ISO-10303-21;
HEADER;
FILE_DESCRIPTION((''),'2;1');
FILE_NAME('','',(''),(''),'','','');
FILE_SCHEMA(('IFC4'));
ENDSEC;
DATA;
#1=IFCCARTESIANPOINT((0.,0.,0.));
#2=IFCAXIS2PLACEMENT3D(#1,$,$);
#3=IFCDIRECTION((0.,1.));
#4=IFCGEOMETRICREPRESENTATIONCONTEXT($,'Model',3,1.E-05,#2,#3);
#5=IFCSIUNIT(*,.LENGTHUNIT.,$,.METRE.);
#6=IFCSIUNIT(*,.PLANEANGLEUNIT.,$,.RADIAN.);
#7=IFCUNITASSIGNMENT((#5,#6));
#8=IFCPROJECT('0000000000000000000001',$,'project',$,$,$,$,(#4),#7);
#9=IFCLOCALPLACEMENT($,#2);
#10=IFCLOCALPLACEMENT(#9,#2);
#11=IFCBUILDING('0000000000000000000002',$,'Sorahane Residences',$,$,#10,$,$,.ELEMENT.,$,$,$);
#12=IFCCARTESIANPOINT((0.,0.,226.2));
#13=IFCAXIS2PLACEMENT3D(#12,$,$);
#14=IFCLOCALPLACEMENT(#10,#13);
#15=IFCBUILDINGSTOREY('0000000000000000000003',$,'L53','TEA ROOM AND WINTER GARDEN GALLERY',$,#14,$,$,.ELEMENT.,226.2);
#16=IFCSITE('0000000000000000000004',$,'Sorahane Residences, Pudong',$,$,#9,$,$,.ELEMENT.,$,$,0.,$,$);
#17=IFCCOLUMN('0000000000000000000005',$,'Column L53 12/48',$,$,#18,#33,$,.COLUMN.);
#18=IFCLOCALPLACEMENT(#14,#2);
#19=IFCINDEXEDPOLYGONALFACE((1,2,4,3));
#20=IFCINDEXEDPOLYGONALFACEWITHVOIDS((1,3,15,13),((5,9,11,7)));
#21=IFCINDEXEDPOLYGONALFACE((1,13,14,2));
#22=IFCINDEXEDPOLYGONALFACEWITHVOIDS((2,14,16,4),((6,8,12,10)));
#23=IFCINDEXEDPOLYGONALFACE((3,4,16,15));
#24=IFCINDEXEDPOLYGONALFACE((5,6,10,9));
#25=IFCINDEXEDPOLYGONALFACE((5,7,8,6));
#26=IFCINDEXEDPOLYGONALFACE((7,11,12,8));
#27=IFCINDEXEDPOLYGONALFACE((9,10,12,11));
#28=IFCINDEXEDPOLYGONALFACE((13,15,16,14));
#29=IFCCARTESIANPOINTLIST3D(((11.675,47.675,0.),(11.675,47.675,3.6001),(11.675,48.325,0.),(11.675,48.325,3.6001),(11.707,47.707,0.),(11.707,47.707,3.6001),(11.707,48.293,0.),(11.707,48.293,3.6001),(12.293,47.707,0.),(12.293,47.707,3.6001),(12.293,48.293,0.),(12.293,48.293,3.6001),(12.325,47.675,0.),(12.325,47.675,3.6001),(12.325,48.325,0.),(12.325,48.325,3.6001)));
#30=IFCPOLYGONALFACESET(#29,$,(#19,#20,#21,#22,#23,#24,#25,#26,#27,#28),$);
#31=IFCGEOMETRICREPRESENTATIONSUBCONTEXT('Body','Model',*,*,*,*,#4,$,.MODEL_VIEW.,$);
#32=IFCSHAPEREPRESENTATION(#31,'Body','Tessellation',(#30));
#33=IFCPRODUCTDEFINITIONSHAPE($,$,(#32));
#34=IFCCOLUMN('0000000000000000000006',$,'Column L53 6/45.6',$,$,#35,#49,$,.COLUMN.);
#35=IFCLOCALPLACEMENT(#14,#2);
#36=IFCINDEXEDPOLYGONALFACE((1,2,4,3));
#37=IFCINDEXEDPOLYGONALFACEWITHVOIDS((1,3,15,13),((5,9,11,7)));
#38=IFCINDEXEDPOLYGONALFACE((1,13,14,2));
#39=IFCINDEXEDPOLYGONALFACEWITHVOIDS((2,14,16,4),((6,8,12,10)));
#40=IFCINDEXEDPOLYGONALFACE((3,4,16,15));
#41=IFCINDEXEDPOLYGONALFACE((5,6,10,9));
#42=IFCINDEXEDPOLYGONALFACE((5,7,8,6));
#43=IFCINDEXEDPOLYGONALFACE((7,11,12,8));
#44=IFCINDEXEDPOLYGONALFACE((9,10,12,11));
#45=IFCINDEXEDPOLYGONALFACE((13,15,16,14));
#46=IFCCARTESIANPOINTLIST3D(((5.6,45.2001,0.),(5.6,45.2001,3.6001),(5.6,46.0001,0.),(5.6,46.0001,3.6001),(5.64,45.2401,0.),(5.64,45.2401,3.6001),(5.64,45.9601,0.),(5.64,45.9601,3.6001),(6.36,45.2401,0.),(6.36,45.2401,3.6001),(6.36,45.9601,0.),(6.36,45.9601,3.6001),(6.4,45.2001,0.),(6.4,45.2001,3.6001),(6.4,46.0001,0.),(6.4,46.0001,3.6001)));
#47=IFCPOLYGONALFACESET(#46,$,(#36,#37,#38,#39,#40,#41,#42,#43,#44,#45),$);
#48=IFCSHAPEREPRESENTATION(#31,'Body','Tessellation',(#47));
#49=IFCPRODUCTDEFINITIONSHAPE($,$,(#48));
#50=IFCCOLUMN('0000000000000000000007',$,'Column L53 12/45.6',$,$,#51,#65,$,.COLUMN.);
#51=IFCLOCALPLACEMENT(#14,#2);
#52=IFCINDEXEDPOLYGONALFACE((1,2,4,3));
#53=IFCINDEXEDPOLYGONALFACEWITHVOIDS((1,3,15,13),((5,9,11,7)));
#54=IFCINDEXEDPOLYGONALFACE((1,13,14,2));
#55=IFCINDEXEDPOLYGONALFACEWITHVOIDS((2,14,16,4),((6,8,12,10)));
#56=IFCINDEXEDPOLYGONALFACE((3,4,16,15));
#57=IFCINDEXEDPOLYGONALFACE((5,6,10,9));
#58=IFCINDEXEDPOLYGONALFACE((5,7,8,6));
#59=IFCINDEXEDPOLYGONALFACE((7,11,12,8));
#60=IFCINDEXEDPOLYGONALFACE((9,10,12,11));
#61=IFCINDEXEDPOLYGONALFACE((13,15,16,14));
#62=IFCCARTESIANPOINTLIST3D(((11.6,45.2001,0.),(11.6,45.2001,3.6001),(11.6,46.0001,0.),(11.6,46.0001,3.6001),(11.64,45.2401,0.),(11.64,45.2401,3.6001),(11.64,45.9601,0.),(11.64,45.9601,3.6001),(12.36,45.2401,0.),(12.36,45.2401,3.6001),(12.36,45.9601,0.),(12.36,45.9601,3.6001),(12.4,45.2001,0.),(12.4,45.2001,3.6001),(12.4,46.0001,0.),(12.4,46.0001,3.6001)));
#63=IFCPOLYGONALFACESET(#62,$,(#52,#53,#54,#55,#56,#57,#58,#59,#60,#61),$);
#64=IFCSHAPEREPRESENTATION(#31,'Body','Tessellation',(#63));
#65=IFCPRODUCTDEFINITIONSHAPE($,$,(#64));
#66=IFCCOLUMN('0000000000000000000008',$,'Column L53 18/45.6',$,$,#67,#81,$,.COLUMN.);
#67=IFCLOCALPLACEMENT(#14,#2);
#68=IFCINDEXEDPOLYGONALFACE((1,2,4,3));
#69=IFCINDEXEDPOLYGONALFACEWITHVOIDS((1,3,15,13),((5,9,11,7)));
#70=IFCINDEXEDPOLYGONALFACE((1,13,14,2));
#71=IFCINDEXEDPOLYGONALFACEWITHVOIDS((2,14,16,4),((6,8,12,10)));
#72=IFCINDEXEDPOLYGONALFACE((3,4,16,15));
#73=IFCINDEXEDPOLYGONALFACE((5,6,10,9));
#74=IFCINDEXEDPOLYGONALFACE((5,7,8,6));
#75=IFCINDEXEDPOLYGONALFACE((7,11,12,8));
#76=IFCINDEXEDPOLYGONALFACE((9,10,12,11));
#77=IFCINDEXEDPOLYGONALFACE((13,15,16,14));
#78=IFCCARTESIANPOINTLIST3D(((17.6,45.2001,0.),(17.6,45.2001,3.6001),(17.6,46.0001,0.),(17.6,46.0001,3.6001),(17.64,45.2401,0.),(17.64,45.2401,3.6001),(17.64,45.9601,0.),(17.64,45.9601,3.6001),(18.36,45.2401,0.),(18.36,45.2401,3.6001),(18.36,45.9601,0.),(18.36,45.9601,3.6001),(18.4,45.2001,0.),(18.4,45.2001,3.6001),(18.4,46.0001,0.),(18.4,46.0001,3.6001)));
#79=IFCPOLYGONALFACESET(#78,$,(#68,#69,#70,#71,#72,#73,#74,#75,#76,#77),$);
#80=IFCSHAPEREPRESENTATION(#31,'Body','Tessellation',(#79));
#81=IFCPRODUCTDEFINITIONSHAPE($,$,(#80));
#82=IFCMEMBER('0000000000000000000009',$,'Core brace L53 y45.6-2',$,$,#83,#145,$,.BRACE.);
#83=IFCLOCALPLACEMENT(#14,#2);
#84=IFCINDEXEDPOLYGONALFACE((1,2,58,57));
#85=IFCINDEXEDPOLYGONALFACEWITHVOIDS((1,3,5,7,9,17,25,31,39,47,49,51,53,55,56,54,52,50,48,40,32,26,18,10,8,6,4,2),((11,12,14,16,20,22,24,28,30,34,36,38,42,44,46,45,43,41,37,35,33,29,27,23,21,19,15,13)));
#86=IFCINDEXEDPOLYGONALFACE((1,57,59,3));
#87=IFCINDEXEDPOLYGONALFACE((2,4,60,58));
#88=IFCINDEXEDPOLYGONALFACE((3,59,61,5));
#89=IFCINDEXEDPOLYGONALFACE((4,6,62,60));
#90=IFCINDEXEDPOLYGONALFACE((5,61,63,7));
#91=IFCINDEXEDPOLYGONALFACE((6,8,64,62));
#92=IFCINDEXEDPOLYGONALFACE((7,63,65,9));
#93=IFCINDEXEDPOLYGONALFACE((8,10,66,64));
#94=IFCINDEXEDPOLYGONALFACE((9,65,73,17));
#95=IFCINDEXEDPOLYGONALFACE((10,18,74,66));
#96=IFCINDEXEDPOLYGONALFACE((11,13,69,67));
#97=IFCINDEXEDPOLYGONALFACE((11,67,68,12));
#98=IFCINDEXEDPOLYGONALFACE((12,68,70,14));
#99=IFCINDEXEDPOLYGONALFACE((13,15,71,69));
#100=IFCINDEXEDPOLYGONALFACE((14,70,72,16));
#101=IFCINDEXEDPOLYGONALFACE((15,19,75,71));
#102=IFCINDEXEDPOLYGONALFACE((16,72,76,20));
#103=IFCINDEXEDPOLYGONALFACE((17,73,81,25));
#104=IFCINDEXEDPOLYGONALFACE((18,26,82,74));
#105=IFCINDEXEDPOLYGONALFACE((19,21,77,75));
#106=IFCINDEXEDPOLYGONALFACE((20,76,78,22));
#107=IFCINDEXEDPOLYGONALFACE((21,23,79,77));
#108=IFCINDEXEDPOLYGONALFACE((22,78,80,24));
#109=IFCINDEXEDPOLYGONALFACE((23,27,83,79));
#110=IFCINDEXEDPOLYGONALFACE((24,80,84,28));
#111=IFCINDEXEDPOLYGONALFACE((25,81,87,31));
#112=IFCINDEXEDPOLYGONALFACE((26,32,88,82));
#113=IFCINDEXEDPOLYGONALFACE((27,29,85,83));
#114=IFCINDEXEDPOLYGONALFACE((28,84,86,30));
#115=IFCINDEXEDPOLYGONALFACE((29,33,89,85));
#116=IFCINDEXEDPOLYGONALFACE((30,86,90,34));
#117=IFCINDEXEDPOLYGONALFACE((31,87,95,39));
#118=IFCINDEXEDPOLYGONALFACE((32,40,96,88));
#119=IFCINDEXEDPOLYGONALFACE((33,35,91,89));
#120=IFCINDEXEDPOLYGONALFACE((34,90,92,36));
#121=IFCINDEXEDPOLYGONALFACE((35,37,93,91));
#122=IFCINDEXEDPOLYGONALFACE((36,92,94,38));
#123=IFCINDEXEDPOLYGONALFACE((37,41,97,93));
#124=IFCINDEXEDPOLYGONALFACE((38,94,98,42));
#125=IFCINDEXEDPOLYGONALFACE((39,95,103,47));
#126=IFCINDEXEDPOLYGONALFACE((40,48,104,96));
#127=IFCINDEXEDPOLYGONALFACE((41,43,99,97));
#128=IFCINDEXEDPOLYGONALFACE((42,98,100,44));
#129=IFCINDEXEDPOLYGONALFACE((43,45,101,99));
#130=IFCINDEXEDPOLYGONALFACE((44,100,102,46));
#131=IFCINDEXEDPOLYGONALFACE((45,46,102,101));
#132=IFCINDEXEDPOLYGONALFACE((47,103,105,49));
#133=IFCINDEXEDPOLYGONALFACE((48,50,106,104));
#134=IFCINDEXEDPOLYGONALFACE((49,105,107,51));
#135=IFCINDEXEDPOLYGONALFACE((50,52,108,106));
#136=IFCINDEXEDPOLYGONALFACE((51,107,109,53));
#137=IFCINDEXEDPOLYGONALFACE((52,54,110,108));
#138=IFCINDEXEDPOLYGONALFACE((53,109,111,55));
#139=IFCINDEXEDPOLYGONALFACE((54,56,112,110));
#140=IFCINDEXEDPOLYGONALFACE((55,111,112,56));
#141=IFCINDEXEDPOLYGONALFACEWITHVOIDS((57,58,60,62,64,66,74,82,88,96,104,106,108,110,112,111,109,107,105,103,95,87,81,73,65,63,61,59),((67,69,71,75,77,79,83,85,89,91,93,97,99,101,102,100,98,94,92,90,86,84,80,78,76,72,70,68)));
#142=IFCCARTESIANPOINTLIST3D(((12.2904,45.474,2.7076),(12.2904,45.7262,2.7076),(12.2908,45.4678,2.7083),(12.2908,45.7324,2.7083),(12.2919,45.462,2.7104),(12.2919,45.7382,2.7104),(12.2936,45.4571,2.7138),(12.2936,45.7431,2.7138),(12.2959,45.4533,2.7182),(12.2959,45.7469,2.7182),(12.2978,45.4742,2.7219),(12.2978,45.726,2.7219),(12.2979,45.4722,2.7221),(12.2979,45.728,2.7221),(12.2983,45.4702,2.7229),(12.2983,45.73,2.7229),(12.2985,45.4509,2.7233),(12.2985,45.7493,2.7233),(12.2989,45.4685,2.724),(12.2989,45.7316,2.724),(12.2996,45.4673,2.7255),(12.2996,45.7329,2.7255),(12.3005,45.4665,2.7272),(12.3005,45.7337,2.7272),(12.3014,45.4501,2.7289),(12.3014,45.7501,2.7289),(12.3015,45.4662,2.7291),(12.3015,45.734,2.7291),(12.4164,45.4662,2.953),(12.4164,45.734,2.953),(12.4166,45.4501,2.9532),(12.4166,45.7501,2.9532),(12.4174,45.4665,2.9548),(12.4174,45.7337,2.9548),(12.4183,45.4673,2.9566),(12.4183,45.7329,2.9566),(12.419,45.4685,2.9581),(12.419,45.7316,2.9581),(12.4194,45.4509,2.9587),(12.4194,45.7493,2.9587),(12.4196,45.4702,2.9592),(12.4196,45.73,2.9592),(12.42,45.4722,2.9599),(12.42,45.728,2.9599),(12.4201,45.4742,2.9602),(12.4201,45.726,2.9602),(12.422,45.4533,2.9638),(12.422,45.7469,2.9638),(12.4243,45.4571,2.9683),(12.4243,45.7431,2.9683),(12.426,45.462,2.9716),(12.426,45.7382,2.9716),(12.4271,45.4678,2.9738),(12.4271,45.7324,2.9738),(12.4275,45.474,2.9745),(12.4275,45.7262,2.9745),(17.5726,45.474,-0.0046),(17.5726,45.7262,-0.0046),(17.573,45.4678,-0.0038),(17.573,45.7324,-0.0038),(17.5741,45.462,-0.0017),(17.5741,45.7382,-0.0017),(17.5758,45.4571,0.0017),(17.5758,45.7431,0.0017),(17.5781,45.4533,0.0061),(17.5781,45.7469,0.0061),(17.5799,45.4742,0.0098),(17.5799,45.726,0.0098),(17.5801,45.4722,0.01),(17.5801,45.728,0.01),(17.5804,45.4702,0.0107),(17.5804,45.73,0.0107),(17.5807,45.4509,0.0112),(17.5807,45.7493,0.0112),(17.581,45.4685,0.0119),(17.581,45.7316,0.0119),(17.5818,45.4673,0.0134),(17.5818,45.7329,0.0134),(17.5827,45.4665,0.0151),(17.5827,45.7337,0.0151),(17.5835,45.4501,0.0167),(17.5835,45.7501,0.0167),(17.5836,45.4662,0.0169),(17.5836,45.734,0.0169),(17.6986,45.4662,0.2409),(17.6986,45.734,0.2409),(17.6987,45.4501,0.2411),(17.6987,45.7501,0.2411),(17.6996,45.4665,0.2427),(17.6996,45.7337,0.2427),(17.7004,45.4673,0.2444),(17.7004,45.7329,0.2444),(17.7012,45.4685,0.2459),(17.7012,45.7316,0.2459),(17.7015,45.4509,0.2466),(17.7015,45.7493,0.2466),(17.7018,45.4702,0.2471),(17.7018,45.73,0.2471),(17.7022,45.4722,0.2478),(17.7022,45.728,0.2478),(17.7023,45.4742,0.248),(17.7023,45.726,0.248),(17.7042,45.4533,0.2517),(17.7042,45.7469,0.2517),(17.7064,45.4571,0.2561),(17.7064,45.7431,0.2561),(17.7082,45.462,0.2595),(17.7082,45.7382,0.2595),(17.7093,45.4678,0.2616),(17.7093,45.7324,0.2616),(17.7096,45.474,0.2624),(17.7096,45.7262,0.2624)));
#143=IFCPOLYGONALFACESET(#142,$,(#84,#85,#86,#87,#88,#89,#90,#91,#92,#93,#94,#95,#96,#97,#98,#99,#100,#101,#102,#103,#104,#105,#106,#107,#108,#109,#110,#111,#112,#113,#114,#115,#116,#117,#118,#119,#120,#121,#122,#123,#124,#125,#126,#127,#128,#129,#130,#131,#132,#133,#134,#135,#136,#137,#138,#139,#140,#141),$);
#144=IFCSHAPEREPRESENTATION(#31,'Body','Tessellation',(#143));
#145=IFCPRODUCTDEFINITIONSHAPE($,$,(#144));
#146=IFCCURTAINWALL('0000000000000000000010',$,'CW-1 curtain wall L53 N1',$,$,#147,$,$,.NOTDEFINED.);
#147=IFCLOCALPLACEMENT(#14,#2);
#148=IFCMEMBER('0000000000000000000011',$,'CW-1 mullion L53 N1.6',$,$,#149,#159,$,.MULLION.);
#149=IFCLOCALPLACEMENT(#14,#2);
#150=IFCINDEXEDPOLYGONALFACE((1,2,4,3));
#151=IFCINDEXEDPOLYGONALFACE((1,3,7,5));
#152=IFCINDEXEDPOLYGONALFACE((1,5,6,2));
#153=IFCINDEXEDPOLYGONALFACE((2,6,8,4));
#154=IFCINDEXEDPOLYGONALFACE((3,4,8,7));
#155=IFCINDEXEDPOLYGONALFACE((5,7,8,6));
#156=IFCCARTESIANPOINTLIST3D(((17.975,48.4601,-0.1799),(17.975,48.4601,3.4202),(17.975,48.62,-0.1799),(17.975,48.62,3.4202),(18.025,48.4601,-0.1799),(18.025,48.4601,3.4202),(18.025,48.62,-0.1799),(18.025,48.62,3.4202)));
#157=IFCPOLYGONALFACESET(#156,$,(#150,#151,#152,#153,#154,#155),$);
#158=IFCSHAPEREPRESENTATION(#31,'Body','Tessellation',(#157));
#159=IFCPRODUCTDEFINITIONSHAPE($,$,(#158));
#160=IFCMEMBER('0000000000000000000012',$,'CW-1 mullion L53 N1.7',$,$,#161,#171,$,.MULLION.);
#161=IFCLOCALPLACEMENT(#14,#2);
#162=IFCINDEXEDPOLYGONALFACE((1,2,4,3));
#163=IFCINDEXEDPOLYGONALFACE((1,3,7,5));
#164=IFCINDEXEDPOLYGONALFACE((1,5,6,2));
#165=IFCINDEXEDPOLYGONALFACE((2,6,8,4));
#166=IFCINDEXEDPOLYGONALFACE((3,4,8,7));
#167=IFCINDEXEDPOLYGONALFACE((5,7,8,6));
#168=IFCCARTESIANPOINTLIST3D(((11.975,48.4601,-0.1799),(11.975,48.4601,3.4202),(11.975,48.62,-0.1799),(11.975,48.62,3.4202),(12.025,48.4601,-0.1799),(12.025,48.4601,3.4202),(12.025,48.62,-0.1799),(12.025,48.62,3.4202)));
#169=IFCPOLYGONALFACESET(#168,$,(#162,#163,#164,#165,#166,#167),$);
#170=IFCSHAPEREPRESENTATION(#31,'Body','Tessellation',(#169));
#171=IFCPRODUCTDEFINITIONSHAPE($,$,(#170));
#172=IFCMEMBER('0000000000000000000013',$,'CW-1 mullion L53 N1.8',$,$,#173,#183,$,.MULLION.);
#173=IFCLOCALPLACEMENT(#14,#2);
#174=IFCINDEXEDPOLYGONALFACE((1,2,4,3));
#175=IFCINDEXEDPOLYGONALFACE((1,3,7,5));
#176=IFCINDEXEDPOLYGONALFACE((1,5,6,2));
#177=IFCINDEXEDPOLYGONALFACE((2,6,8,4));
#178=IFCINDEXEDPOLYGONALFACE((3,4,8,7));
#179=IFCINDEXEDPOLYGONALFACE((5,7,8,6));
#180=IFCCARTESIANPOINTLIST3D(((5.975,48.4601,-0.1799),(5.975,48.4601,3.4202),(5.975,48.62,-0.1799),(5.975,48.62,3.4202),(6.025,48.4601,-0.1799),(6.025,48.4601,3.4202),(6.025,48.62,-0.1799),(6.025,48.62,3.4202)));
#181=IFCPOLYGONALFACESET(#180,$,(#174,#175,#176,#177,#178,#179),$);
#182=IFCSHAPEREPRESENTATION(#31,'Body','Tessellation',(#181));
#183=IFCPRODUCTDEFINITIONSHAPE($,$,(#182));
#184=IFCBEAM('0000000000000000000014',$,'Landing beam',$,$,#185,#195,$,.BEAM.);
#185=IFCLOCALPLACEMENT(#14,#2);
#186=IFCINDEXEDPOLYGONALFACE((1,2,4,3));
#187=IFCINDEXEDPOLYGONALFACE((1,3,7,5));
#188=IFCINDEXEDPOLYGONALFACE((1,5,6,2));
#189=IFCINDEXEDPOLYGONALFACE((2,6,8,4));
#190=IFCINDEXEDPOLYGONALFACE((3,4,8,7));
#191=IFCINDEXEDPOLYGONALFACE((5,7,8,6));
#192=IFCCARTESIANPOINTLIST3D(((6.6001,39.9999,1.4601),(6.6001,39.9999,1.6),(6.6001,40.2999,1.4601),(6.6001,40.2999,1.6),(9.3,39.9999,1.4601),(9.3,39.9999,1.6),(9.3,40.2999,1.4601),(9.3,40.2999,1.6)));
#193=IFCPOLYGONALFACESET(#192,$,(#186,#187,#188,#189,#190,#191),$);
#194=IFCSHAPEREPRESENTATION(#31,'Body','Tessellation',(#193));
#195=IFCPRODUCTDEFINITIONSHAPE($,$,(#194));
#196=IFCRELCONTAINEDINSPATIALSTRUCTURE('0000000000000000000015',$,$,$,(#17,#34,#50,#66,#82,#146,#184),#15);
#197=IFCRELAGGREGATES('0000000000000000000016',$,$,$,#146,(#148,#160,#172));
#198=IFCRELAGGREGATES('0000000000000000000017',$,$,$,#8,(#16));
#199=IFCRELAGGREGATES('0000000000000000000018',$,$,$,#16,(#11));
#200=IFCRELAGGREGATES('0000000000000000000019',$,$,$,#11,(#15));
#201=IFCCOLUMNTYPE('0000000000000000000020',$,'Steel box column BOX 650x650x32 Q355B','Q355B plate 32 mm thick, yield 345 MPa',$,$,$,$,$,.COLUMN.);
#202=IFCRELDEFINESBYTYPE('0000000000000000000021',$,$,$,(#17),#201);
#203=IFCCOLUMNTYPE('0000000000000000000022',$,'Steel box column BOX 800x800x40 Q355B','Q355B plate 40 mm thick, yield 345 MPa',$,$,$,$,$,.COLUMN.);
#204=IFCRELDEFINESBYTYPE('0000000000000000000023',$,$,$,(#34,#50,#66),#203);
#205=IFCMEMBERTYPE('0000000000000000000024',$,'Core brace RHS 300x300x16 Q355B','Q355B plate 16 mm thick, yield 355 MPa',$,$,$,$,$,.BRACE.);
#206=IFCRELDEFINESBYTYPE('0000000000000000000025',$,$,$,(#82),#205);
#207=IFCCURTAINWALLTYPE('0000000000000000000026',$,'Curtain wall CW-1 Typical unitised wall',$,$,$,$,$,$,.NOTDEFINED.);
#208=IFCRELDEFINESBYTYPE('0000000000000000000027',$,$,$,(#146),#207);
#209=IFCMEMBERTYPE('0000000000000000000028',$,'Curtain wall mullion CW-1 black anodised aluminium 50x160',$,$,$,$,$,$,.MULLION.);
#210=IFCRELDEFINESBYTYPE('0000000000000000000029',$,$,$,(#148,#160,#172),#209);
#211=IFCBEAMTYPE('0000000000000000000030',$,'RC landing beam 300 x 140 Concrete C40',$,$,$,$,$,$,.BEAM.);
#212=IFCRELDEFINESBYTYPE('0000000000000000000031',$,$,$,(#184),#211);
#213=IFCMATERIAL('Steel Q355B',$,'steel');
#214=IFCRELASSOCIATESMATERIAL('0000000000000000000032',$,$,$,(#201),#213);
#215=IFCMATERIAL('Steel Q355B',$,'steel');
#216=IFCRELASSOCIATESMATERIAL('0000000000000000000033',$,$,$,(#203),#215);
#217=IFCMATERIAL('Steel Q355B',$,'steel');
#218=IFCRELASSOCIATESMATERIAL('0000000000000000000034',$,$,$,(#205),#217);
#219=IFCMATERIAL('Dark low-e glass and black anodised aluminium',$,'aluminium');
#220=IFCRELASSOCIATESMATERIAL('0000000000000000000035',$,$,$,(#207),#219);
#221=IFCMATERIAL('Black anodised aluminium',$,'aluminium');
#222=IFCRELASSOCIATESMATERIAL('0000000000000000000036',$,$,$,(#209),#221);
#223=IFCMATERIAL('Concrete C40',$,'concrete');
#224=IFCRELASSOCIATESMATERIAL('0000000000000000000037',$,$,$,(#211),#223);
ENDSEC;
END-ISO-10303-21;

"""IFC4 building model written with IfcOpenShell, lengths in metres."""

from ifc_helpers import new_model, si_unit, direction, frame, origin, origin_2d, place, context, subcontext, project, spatial, rectangle, hollow_rectangle, extrude, material, material_profile, profile_set, type_object, element, aggregate, save


model = new_model("IFC4")

# Units and contexts
model_context = context("Model", 3, precision=1e-05, world=origin(), true_north=direction((0.0, 1.0)))
body_context = subcontext(model_context, "Body", "Model", "MODEL_VIEW")
ifc_project = project(units=[si_unit("LENGTHUNIT", "METRE"), si_unit("PLANEANGLEUNIT", "RADIAN")], contexts=[model_context])

# Site, building, storey
site_placement = place(None, origin())
site = spatial("IfcSite", under=ifc_project, at=site_placement, Name="Sorahane Residences, Pudong", CompositionType="ELEMENT", RefElevation=0.0)
building_placement = place(site_placement, origin())
building = spatial("IfcBuilding", under=site, at=building_placement, Name="Sorahane Residences", CompositionType="ELEMENT")
storey_placement = place(building_placement, frame((0.0, 0.0, 226.2)))
storey = spatial("IfcBuildingStorey", under=building, at=storey_placement, Name="L53", Description="TEA ROOM AND WINTER GARDEN GALLERY", CompositionType="ELEMENT", Elevation=226.2)

# Columns
ifc_material_1 = material(Name="Steel Q355B", Category="steel")
ifc_material_profile_1 = material_profile(ifc_material_1, hollow_rectangle(XDim=0.6499, YDim=0.6499, WallThickness=0.032, at=origin_2d()), Name="BOX 650x650x32")
ifc_profile_set_1 = profile_set([ifc_material_profile_1], Name="Steel Q355B")
column_type_1 = type_object("IfcColumnType", Name="Steel box column BOX 650x650x32 Q355B", Description="Q355B plate 32 mm thick, yield 345 MPa", PredefinedType="COLUMN", material=ifc_profile_set_1)
column_placement = place(storey_placement, frame((12.0, 48.0, 0.0), z_axis=(0.0, 0.0, 1.0), x_axis=(1.0, 0.0, 0.0)))
element("IfcColumn", 1, at=column_placement, inside=storey, type_object=column_type_1, Name="Column L53 12/48", PredefinedType="COLUMN", context=body_context, shape_type="SweptSolid", body=[
    extrude(hollow_rectangle(XDim=0.6499, YDim=0.6499, WallThickness=0.032, at=origin_2d()), origin(), (0.0, 0.0, 1.0), 3.6001),
])
ifc_material_2 = material(Name="Steel Q355B", Category="steel")
ifc_material_profile_2 = material_profile(ifc_material_2, hollow_rectangle(XDim=0.8, YDim=0.8, WallThickness=0.04, at=origin_2d()), Name="BOX 800x800x40")
ifc_profile_set_2 = profile_set([ifc_material_profile_2], Name="Steel Q355B")
column_type_2 = type_object("IfcColumnType", Name="Steel box column BOX 800x800x40 Q355B", Description="Q355B plate 40 mm thick, yield 345 MPa", PredefinedType="COLUMN", material=ifc_profile_set_2)
for number, where, z_axis, x_axis, name in (
    (2, (6.0, 45.6001, 0.0), (0.0, 0.0, 1.0), (1.0, 0.0, 0.0), "Column L53 6/45.6"),
    (3, (12.0, 45.6001, 0.0), (0.0, 0.0, 1.0), (1.0, 0.0, 0.0), "Column L53 12/45.6"),
    (4, (18.0, 45.6001, 0.0), (0.0, 0.0, 1.0), (1.0, 0.0, 0.0), "Column L53 18/45.6"),
):
    element("IfcColumn", number, at=place(storey_placement, frame(where, z_axis=z_axis, x_axis=x_axis)), inside=storey, type_object=column_type_2, Name=name, PredefinedType="COLUMN", context=body_context, shape_type="SweptSolid", body=[
        extrude(hollow_rectangle(XDim=0.8, YDim=0.8, WallThickness=0.04, at=origin_2d()), origin(), (0.0, 0.0, 1.0), 3.6001),
    ])

# Member
ifc_material_3 = material(Name="Steel Q355B", Category="steel")
ifc_material_profile_3 = material_profile(ifc_material_3, hollow_rectangle(XDim=0.3, YDim=0.3, WallThickness=0.0161, InnerFilletRadius=0.0081, OuterFilletRadius=0.0239, at=origin_2d()), Name="RHS 300x300x16")
ifc_profile_set_3 = profile_set([ifc_material_profile_3], Name="Steel Q355B")
member_type_1 = type_object("IfcMemberType", Name="Core brace RHS 300x300x16 Q355B", Description="Q355B plate 16 mm thick, yield 355 MPa", PredefinedType="BRACE", material=ifc_profile_set_3)
member_1_placement = place(storey_placement, frame((17.6411, 45.6001, 0.1289), z_axis=(-0.88959, 0.0, 0.45676), x_axis=(0.0, -1.0, 0.0)))
element("IfcMember", 5, at=member_1_placement, inside=storey, type_object=member_type_1, Name="Core brace L53 y45.6-2", PredefinedType="BRACE", context=body_context, shape_type="SweptSolid", body=[
    extrude(hollow_rectangle(XDim=0.3, YDim=0.3, WallThickness=0.0161, InnerFilletRadius=0.0081, OuterFilletRadius=0.0239, at=origin_2d()), origin(), (0.0, 0.0, 1.0), 5.9377),
])

# Curtain wall, members
ifc_material_4 = material(Name="Dark low-e glass and black anodised aluminium", Category="aluminium")
curtain_wall_type = type_object("IfcCurtainWallType", Name="Curtain wall CW-1 Typical unitised wall", PredefinedType="NOTDEFINED", material=ifc_material_4)
curtain_wall_placement = place(storey_placement, origin())
curtain_wall = element("IfcCurtainWall", 6, at=curtain_wall_placement, inside=storey, type_object=curtain_wall_type, Name="CW-1 curtain wall L53 N1", PredefinedType="NOTDEFINED")
ifc_material_5 = material(Name="Black anodised aluminium", Category="aluminium")
ifc_material_profile_4 = material_profile(ifc_material_5, rectangle(XDim=0.1599, YDim=0.05, at=origin_2d()), Name="Curtain wall mullion CW-1 black anodised aluminium 50x160")
ifc_profile_set_4 = profile_set([ifc_material_profile_4], Name="Black anodised aluminium")
member_type_2 = type_object("IfcMemberType", Name="Curtain wall mullion CW-1 black anodised aluminium 50x160", PredefinedType="MULLION", material=ifc_profile_set_4)
member_2_placement = place(storey_placement, frame((18.0, 48.54, -0.1799), z_axis=(0.0, 0.0, 1.0), x_axis=(0.0, 1.0, 0.0)))
member_2 = element("IfcMember", 7, at=member_2_placement, type_object=member_type_2, Name="CW-1 mullion L53 N1.6", PredefinedType="MULLION", context=body_context, shape_type="SweptSolid", body=[
    extrude(rectangle(XDim=0.1599, YDim=0.05, at=origin_2d()), origin(), (0.0, 0.0, 1.0), 3.6001),
])
member_3_placement = place(storey_placement, frame((12.0, 48.54, -0.1799), z_axis=(0.0, 0.0, 1.0), x_axis=(0.0, 1.0, 0.0)))
member_3 = element("IfcMember", 8, at=member_3_placement, type_object=member_type_2, Name="CW-1 mullion L53 N1.7", PredefinedType="MULLION", context=body_context, shape_type="SweptSolid", body=[
    extrude(rectangle(XDim=0.1599, YDim=0.05, at=origin_2d()), origin(), (0.0, 0.0, 1.0), 3.6001),
])
member_4_placement = place(storey_placement, frame((6.0, 48.54, -0.1799), z_axis=(0.0, 0.0, 1.0), x_axis=(0.0, 1.0, 0.0)))
member_4 = element("IfcMember", 9, at=member_4_placement, type_object=member_type_2, Name="CW-1 mullion L53 N1.8", PredefinedType="MULLION", context=body_context, shape_type="SweptSolid", body=[
    extrude(rectangle(XDim=0.1599, YDim=0.05, at=origin_2d()), origin(), (0.0, 0.0, 1.0), 3.6001),
])

# Beam
ifc_material_6 = material(Name="Concrete C40", Category="concrete")
ifc_material_profile_5 = material_profile(ifc_material_6, rectangle(XDim=0.3, YDim=0.1399, at=origin_2d()), Name="300x140")
ifc_profile_set_5 = profile_set([ifc_material_profile_5], Name="Concrete C40")
beam_type_1 = type_object("IfcBeamType", Name="RC landing beam 300 x 140 Concrete C40", PredefinedType="BEAM", material=ifc_profile_set_5)
beam_1_placement = place(storey_placement, frame((6.6001, 40.1499, 1.53), z_axis=(1.0, 0.0, 0.0), x_axis=(0.0, 1.0, 0.0)))
element("IfcBeam", 10, at=beam_1_placement, inside=storey, type_object=beam_type_1, Name="Landing beam", PredefinedType="BEAM", context=body_context, shape_type="SweptSolid", body=[
    extrude(rectangle(XDim=0.3, YDim=0.1399, at=origin_2d()), origin(), (0.0, 0.0, 1.0), 2.7),
])

aggregate(curtain_wall, [member_2, member_3, member_4])

save(model, "model.ifc")
